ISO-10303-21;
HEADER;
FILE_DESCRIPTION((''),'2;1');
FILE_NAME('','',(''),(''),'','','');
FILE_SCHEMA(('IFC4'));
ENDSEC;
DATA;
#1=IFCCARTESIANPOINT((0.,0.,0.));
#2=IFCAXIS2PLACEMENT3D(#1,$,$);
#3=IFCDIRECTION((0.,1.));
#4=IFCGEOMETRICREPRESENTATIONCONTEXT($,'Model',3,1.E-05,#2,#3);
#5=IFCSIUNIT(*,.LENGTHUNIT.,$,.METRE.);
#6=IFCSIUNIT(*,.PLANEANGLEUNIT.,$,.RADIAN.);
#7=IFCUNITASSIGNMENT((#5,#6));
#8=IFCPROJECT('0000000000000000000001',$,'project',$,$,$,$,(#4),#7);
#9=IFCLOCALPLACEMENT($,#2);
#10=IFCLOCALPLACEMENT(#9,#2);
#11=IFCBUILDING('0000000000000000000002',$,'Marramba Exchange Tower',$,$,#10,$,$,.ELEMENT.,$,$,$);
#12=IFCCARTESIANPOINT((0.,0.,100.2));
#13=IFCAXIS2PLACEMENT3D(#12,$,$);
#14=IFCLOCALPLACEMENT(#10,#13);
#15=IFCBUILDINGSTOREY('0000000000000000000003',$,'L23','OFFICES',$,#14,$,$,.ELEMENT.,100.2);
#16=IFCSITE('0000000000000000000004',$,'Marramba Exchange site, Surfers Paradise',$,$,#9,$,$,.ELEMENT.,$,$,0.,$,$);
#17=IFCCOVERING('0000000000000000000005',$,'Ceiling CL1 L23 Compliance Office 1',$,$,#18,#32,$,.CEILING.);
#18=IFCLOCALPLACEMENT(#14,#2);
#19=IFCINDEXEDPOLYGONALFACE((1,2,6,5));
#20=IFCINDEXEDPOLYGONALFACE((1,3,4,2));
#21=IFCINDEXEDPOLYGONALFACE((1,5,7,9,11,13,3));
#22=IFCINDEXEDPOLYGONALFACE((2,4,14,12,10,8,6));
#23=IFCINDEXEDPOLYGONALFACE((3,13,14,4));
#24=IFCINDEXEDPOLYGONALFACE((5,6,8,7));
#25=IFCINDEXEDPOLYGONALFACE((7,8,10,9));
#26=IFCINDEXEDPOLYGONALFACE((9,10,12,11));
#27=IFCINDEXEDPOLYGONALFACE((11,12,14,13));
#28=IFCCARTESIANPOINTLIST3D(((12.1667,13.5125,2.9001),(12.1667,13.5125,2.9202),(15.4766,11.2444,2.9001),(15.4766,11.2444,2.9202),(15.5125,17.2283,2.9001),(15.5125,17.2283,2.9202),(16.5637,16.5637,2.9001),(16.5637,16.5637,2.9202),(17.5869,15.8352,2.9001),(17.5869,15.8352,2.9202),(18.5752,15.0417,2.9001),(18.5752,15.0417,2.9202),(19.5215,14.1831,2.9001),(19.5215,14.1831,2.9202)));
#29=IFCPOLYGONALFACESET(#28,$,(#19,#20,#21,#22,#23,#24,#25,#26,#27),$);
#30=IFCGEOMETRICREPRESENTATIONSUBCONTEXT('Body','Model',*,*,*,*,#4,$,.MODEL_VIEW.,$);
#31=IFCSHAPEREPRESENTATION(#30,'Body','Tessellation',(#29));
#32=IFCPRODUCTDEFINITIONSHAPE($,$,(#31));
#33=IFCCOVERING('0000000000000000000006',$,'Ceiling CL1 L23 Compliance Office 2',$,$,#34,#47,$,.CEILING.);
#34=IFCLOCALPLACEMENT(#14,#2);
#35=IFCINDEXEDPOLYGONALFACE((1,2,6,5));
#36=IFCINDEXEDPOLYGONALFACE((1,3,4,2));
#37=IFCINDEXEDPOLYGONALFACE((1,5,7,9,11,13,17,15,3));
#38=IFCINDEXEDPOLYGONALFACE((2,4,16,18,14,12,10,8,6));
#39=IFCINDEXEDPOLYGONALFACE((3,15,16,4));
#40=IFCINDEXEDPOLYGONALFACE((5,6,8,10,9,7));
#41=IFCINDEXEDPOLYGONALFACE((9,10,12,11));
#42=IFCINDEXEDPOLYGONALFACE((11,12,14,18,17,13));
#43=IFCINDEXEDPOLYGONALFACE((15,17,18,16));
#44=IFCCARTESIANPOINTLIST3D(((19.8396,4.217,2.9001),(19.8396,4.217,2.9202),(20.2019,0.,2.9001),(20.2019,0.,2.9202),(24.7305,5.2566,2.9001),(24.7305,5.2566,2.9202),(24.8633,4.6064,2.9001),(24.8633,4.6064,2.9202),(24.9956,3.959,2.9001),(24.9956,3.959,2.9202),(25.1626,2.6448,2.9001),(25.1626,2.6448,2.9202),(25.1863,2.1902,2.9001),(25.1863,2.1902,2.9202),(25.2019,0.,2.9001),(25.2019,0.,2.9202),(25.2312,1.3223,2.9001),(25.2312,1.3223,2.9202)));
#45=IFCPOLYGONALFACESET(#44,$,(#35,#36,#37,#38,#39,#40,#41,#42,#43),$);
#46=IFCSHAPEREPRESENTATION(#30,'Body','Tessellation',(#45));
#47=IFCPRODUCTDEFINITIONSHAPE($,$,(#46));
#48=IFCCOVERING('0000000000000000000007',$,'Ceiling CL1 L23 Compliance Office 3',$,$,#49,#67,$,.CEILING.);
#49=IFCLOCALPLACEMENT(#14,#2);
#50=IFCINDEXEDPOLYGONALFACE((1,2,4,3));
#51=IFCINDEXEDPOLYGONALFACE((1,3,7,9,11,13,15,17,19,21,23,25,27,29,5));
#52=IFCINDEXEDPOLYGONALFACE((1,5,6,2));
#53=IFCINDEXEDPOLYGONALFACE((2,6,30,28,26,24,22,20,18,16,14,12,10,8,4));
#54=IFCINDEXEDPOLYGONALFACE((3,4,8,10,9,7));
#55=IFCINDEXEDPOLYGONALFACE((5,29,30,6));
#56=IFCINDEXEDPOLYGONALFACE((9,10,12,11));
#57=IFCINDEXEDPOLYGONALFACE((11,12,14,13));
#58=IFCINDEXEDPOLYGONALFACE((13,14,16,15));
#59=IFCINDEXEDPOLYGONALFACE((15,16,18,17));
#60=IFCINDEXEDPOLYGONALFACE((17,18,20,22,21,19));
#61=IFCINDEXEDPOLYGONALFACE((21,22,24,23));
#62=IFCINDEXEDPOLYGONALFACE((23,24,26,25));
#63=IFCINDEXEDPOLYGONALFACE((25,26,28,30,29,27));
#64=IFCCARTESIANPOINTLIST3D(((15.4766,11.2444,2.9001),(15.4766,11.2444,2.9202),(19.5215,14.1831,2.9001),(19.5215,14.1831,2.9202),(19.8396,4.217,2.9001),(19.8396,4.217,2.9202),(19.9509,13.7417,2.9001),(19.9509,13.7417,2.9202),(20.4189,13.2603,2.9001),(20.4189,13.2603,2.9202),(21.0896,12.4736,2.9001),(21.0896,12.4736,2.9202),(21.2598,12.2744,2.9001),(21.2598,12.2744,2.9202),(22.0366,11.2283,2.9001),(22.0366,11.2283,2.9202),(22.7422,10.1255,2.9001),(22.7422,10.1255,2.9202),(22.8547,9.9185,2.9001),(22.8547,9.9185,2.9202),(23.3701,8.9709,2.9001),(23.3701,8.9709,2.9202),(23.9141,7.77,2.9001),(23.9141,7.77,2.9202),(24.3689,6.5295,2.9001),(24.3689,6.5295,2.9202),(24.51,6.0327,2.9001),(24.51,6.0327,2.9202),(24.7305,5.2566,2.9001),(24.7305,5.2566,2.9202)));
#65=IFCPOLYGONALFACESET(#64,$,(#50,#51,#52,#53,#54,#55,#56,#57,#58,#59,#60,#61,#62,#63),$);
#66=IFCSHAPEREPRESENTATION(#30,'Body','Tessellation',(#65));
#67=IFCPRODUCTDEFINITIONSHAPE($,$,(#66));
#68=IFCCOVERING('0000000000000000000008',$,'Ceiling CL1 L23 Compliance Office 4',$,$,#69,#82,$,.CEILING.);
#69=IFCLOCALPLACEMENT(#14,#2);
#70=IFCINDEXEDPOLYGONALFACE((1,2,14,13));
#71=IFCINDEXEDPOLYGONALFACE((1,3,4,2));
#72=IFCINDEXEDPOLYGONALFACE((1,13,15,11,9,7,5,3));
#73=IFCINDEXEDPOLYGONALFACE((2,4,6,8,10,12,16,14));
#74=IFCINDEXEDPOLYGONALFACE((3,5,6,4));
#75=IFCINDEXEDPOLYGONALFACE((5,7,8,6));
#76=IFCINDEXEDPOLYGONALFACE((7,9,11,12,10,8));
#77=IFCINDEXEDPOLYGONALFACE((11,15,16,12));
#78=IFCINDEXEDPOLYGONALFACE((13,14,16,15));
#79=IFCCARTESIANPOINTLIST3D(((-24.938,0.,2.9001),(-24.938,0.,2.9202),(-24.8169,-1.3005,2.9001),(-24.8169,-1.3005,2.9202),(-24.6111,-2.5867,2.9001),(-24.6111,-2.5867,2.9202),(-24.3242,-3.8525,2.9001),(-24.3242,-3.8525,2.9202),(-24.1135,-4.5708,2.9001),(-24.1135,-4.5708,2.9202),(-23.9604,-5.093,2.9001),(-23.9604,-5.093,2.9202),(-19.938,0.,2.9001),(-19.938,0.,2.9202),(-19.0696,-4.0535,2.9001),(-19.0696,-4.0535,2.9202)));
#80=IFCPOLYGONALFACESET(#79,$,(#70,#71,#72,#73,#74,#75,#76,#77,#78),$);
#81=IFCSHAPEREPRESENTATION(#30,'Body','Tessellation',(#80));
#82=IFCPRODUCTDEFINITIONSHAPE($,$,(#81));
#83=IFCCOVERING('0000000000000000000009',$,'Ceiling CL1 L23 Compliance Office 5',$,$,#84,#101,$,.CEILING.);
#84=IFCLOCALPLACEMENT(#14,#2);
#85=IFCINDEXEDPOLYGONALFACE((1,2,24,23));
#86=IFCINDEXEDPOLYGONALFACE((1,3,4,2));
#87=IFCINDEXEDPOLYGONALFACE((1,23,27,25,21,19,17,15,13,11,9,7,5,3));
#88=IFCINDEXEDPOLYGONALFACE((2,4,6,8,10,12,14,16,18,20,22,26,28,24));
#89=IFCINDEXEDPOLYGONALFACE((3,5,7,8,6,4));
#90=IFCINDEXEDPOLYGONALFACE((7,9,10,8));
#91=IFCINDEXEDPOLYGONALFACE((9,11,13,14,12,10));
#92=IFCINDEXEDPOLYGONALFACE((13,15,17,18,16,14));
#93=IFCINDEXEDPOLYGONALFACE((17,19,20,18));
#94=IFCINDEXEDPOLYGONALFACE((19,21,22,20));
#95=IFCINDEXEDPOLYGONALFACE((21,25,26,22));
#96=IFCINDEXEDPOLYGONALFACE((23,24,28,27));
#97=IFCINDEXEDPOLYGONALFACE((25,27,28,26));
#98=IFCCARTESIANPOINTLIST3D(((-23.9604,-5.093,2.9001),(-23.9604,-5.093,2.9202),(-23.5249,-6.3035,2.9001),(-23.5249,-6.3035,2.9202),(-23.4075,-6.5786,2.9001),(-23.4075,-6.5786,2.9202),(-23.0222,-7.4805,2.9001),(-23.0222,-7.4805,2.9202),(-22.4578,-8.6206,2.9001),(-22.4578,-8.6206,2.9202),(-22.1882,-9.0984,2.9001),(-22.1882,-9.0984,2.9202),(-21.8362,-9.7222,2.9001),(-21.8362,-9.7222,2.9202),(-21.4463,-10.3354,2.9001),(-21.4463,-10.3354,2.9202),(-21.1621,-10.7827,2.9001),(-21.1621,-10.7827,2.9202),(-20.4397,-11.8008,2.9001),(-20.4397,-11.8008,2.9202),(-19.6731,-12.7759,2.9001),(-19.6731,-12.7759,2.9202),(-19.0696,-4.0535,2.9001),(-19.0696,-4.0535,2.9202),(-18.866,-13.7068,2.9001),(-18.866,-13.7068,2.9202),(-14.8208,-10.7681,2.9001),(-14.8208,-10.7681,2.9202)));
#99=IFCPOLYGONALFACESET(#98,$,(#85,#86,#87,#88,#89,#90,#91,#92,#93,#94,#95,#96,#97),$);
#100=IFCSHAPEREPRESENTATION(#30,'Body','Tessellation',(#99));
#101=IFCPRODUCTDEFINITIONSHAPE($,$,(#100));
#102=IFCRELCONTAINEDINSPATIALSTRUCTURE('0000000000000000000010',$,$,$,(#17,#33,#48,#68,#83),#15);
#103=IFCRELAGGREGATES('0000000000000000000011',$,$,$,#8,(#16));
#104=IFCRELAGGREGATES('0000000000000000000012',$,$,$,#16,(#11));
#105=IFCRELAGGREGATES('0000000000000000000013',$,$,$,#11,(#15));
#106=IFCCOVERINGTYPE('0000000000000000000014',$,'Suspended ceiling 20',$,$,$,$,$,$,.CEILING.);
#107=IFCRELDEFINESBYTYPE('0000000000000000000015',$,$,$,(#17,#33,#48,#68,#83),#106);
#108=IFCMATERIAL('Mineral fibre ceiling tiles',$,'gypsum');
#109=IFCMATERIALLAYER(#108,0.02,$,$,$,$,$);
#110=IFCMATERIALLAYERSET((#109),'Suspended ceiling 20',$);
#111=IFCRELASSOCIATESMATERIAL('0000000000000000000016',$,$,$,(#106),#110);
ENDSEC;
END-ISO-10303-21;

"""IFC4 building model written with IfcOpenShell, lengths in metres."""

from ifc_helpers import new_model, si_unit, direction, frame, origin, place, context, subcontext, project, spatial, polyline, outline, extrude, material, layer, layer_set, type_object, element, save


model = new_model("IFC4")

# Units and contexts
model_context = context("Model", 3, precision=1e-05, world=origin(), true_north=direction((0.0, 1.0)))
body_context = subcontext(model_context, "Body", "Model", "MODEL_VIEW")
ifc_project = project(units=[si_unit("LENGTHUNIT", "METRE"), si_unit("PLANEANGLEUNIT", "RADIAN")], contexts=[model_context])

# Site, building, storey
site_placement = place(None, origin())
site = spatial("IfcSite", under=ifc_project, at=site_placement, Name="Marramba Exchange site, Surfers Paradise", CompositionType="ELEMENT", RefElevation=0.0)
building_placement = place(site_placement, origin())
building = spatial("IfcBuilding", under=site, at=building_placement, Name="Marramba Exchange Tower", CompositionType="ELEMENT")
storey_placement = place(building_placement, frame((0.0, 0.0, 100.2)))
storey = spatial("IfcBuildingStorey", under=building, at=storey_placement, Name="L23", Description="OFFICES", CompositionType="ELEMENT", Elevation=100.2)

# Coverings
ifc_material_1 = material(Name="Mineral fibre ceiling tiles", Category="gypsum")
ifc_layer_1 = layer(ifc_material_1, 0.02)
ifc_layer_set_1 = layer_set([ifc_layer_1], Name="Suspended ceiling 20")
covering_type = type_object("IfcCoveringType", Name="Suspended ceiling 20", PredefinedType="CEILING", material=ifc_layer_set_1)
covering_1_placement = place(storey_placement, frame((0.0, 0.0, 2.9001)))
element("IfcCovering", 1, at=covering_1_placement, inside=storey, type_object=covering_type, Name="Ceiling CL1 L23 Compliance Office 1", PredefinedType="CEILING", context=body_context, shape_type="SweptSolid", body=[
    extrude(outline(polyline([(16.5637, 16.5637), (17.5869, 15.8352), (18.5752, 15.0417), (19.5215, 14.1831), (15.4766, 11.2444), (12.1667, 13.5125), (15.5125, 17.2283), (16.5637, 16.5637)])), origin(), (0.0, 0.0, 1.0), 0.02),
])
covering_2_placement = place(storey_placement, frame((0.0, 0.0, 2.9001)))
element("IfcCovering", 2, at=covering_2_placement, inside=storey, type_object=covering_type, Name="Ceiling CL1 L23 Compliance Office 2", PredefinedType="CEILING", context=body_context, shape_type="SweptSolid", body=[
    extrude(outline(polyline([(24.8633, 4.6064), (24.9956, 3.959), (25.1626, 2.6448), (25.1863, 2.1902), (25.2312, 1.3223), (25.2019, 0.0), (20.2019, 0.0), (19.8396, 4.217), (24.7305, 5.2566), (24.8633, 4.6064)])), origin(), (0.0, 0.0, 1.0), 0.02),
])
covering_3_placement = place(storey_placement, frame((0.0, 0.0, 2.9001)))
element("IfcCovering", 3, at=covering_3_placement, inside=storey, type_object=covering_type, Name="Ceiling CL1 L23 Compliance Office 3", PredefinedType="CEILING", context=body_context, shape_type="SweptSolid", body=[
    extrude(outline(polyline([(19.9509, 13.7417), (20.4189, 13.2603), (21.0896, 12.4736), (21.2598, 12.2744), (22.0366, 11.2283), (22.7422, 10.1255), (22.8547, 9.9185), (23.3701, 8.9709), (23.9141, 7.77), (24.3689, 6.5295), (24.51, 6.0327), (24.7305, 5.2566), (19.8396, 4.217), (15.4766, 11.2444), (19.5215, 14.1831), (19.9509, 13.7417)])), origin(), (0.0, 0.0, 1.0), 0.02),
])
covering_4_placement = place(storey_placement, frame((0.0, 0.0, 2.9001)))
element("IfcCovering", 4, at=covering_4_placement, inside=storey, type_object=covering_type, Name="Ceiling CL1 L23 Compliance Office 4", PredefinedType="CEILING", context=body_context, shape_type="SweptSolid", body=[
    extrude(outline(polyline([(-24.1135, -4.5708), (-24.3242, -3.8525), (-24.6111, -2.5867), (-24.8169, -1.3005), (-24.938, 0.0), (-19.938, 0.0), (-19.0696, -4.0535), (-23.9604, -5.093), (-24.1135, -4.5708)])), origin(), (0.0, 0.0, 1.0), 0.02),
])
covering_5_placement = place(storey_placement, frame((0.0, 0.0, 2.9001)))
element("IfcCovering", 5, at=covering_5_placement, inside=storey, type_object=covering_type, Name="Ceiling CL1 L23 Compliance Office 5", PredefinedType="CEILING", context=body_context, shape_type="SweptSolid", body=[
    extrude(outline(polyline([(-19.6731, -12.7759), (-20.4397, -11.8008), (-21.1621, -10.7827), (-21.4463, -10.3354), (-21.8362, -9.7222), (-22.1882, -9.0984), (-22.4578, -8.6206), (-23.0222, -7.4805), (-23.4075, -6.5786), (-23.5249, -6.3035), (-23.9604, -5.093), (-19.0696, -4.0535), (-14.8208, -10.7681), (-18.866, -13.7068), (-19.6731, -12.7759)])), origin(), (0.0, 0.0, 1.0), 0.02),
])

save(model, "model.ifc")
